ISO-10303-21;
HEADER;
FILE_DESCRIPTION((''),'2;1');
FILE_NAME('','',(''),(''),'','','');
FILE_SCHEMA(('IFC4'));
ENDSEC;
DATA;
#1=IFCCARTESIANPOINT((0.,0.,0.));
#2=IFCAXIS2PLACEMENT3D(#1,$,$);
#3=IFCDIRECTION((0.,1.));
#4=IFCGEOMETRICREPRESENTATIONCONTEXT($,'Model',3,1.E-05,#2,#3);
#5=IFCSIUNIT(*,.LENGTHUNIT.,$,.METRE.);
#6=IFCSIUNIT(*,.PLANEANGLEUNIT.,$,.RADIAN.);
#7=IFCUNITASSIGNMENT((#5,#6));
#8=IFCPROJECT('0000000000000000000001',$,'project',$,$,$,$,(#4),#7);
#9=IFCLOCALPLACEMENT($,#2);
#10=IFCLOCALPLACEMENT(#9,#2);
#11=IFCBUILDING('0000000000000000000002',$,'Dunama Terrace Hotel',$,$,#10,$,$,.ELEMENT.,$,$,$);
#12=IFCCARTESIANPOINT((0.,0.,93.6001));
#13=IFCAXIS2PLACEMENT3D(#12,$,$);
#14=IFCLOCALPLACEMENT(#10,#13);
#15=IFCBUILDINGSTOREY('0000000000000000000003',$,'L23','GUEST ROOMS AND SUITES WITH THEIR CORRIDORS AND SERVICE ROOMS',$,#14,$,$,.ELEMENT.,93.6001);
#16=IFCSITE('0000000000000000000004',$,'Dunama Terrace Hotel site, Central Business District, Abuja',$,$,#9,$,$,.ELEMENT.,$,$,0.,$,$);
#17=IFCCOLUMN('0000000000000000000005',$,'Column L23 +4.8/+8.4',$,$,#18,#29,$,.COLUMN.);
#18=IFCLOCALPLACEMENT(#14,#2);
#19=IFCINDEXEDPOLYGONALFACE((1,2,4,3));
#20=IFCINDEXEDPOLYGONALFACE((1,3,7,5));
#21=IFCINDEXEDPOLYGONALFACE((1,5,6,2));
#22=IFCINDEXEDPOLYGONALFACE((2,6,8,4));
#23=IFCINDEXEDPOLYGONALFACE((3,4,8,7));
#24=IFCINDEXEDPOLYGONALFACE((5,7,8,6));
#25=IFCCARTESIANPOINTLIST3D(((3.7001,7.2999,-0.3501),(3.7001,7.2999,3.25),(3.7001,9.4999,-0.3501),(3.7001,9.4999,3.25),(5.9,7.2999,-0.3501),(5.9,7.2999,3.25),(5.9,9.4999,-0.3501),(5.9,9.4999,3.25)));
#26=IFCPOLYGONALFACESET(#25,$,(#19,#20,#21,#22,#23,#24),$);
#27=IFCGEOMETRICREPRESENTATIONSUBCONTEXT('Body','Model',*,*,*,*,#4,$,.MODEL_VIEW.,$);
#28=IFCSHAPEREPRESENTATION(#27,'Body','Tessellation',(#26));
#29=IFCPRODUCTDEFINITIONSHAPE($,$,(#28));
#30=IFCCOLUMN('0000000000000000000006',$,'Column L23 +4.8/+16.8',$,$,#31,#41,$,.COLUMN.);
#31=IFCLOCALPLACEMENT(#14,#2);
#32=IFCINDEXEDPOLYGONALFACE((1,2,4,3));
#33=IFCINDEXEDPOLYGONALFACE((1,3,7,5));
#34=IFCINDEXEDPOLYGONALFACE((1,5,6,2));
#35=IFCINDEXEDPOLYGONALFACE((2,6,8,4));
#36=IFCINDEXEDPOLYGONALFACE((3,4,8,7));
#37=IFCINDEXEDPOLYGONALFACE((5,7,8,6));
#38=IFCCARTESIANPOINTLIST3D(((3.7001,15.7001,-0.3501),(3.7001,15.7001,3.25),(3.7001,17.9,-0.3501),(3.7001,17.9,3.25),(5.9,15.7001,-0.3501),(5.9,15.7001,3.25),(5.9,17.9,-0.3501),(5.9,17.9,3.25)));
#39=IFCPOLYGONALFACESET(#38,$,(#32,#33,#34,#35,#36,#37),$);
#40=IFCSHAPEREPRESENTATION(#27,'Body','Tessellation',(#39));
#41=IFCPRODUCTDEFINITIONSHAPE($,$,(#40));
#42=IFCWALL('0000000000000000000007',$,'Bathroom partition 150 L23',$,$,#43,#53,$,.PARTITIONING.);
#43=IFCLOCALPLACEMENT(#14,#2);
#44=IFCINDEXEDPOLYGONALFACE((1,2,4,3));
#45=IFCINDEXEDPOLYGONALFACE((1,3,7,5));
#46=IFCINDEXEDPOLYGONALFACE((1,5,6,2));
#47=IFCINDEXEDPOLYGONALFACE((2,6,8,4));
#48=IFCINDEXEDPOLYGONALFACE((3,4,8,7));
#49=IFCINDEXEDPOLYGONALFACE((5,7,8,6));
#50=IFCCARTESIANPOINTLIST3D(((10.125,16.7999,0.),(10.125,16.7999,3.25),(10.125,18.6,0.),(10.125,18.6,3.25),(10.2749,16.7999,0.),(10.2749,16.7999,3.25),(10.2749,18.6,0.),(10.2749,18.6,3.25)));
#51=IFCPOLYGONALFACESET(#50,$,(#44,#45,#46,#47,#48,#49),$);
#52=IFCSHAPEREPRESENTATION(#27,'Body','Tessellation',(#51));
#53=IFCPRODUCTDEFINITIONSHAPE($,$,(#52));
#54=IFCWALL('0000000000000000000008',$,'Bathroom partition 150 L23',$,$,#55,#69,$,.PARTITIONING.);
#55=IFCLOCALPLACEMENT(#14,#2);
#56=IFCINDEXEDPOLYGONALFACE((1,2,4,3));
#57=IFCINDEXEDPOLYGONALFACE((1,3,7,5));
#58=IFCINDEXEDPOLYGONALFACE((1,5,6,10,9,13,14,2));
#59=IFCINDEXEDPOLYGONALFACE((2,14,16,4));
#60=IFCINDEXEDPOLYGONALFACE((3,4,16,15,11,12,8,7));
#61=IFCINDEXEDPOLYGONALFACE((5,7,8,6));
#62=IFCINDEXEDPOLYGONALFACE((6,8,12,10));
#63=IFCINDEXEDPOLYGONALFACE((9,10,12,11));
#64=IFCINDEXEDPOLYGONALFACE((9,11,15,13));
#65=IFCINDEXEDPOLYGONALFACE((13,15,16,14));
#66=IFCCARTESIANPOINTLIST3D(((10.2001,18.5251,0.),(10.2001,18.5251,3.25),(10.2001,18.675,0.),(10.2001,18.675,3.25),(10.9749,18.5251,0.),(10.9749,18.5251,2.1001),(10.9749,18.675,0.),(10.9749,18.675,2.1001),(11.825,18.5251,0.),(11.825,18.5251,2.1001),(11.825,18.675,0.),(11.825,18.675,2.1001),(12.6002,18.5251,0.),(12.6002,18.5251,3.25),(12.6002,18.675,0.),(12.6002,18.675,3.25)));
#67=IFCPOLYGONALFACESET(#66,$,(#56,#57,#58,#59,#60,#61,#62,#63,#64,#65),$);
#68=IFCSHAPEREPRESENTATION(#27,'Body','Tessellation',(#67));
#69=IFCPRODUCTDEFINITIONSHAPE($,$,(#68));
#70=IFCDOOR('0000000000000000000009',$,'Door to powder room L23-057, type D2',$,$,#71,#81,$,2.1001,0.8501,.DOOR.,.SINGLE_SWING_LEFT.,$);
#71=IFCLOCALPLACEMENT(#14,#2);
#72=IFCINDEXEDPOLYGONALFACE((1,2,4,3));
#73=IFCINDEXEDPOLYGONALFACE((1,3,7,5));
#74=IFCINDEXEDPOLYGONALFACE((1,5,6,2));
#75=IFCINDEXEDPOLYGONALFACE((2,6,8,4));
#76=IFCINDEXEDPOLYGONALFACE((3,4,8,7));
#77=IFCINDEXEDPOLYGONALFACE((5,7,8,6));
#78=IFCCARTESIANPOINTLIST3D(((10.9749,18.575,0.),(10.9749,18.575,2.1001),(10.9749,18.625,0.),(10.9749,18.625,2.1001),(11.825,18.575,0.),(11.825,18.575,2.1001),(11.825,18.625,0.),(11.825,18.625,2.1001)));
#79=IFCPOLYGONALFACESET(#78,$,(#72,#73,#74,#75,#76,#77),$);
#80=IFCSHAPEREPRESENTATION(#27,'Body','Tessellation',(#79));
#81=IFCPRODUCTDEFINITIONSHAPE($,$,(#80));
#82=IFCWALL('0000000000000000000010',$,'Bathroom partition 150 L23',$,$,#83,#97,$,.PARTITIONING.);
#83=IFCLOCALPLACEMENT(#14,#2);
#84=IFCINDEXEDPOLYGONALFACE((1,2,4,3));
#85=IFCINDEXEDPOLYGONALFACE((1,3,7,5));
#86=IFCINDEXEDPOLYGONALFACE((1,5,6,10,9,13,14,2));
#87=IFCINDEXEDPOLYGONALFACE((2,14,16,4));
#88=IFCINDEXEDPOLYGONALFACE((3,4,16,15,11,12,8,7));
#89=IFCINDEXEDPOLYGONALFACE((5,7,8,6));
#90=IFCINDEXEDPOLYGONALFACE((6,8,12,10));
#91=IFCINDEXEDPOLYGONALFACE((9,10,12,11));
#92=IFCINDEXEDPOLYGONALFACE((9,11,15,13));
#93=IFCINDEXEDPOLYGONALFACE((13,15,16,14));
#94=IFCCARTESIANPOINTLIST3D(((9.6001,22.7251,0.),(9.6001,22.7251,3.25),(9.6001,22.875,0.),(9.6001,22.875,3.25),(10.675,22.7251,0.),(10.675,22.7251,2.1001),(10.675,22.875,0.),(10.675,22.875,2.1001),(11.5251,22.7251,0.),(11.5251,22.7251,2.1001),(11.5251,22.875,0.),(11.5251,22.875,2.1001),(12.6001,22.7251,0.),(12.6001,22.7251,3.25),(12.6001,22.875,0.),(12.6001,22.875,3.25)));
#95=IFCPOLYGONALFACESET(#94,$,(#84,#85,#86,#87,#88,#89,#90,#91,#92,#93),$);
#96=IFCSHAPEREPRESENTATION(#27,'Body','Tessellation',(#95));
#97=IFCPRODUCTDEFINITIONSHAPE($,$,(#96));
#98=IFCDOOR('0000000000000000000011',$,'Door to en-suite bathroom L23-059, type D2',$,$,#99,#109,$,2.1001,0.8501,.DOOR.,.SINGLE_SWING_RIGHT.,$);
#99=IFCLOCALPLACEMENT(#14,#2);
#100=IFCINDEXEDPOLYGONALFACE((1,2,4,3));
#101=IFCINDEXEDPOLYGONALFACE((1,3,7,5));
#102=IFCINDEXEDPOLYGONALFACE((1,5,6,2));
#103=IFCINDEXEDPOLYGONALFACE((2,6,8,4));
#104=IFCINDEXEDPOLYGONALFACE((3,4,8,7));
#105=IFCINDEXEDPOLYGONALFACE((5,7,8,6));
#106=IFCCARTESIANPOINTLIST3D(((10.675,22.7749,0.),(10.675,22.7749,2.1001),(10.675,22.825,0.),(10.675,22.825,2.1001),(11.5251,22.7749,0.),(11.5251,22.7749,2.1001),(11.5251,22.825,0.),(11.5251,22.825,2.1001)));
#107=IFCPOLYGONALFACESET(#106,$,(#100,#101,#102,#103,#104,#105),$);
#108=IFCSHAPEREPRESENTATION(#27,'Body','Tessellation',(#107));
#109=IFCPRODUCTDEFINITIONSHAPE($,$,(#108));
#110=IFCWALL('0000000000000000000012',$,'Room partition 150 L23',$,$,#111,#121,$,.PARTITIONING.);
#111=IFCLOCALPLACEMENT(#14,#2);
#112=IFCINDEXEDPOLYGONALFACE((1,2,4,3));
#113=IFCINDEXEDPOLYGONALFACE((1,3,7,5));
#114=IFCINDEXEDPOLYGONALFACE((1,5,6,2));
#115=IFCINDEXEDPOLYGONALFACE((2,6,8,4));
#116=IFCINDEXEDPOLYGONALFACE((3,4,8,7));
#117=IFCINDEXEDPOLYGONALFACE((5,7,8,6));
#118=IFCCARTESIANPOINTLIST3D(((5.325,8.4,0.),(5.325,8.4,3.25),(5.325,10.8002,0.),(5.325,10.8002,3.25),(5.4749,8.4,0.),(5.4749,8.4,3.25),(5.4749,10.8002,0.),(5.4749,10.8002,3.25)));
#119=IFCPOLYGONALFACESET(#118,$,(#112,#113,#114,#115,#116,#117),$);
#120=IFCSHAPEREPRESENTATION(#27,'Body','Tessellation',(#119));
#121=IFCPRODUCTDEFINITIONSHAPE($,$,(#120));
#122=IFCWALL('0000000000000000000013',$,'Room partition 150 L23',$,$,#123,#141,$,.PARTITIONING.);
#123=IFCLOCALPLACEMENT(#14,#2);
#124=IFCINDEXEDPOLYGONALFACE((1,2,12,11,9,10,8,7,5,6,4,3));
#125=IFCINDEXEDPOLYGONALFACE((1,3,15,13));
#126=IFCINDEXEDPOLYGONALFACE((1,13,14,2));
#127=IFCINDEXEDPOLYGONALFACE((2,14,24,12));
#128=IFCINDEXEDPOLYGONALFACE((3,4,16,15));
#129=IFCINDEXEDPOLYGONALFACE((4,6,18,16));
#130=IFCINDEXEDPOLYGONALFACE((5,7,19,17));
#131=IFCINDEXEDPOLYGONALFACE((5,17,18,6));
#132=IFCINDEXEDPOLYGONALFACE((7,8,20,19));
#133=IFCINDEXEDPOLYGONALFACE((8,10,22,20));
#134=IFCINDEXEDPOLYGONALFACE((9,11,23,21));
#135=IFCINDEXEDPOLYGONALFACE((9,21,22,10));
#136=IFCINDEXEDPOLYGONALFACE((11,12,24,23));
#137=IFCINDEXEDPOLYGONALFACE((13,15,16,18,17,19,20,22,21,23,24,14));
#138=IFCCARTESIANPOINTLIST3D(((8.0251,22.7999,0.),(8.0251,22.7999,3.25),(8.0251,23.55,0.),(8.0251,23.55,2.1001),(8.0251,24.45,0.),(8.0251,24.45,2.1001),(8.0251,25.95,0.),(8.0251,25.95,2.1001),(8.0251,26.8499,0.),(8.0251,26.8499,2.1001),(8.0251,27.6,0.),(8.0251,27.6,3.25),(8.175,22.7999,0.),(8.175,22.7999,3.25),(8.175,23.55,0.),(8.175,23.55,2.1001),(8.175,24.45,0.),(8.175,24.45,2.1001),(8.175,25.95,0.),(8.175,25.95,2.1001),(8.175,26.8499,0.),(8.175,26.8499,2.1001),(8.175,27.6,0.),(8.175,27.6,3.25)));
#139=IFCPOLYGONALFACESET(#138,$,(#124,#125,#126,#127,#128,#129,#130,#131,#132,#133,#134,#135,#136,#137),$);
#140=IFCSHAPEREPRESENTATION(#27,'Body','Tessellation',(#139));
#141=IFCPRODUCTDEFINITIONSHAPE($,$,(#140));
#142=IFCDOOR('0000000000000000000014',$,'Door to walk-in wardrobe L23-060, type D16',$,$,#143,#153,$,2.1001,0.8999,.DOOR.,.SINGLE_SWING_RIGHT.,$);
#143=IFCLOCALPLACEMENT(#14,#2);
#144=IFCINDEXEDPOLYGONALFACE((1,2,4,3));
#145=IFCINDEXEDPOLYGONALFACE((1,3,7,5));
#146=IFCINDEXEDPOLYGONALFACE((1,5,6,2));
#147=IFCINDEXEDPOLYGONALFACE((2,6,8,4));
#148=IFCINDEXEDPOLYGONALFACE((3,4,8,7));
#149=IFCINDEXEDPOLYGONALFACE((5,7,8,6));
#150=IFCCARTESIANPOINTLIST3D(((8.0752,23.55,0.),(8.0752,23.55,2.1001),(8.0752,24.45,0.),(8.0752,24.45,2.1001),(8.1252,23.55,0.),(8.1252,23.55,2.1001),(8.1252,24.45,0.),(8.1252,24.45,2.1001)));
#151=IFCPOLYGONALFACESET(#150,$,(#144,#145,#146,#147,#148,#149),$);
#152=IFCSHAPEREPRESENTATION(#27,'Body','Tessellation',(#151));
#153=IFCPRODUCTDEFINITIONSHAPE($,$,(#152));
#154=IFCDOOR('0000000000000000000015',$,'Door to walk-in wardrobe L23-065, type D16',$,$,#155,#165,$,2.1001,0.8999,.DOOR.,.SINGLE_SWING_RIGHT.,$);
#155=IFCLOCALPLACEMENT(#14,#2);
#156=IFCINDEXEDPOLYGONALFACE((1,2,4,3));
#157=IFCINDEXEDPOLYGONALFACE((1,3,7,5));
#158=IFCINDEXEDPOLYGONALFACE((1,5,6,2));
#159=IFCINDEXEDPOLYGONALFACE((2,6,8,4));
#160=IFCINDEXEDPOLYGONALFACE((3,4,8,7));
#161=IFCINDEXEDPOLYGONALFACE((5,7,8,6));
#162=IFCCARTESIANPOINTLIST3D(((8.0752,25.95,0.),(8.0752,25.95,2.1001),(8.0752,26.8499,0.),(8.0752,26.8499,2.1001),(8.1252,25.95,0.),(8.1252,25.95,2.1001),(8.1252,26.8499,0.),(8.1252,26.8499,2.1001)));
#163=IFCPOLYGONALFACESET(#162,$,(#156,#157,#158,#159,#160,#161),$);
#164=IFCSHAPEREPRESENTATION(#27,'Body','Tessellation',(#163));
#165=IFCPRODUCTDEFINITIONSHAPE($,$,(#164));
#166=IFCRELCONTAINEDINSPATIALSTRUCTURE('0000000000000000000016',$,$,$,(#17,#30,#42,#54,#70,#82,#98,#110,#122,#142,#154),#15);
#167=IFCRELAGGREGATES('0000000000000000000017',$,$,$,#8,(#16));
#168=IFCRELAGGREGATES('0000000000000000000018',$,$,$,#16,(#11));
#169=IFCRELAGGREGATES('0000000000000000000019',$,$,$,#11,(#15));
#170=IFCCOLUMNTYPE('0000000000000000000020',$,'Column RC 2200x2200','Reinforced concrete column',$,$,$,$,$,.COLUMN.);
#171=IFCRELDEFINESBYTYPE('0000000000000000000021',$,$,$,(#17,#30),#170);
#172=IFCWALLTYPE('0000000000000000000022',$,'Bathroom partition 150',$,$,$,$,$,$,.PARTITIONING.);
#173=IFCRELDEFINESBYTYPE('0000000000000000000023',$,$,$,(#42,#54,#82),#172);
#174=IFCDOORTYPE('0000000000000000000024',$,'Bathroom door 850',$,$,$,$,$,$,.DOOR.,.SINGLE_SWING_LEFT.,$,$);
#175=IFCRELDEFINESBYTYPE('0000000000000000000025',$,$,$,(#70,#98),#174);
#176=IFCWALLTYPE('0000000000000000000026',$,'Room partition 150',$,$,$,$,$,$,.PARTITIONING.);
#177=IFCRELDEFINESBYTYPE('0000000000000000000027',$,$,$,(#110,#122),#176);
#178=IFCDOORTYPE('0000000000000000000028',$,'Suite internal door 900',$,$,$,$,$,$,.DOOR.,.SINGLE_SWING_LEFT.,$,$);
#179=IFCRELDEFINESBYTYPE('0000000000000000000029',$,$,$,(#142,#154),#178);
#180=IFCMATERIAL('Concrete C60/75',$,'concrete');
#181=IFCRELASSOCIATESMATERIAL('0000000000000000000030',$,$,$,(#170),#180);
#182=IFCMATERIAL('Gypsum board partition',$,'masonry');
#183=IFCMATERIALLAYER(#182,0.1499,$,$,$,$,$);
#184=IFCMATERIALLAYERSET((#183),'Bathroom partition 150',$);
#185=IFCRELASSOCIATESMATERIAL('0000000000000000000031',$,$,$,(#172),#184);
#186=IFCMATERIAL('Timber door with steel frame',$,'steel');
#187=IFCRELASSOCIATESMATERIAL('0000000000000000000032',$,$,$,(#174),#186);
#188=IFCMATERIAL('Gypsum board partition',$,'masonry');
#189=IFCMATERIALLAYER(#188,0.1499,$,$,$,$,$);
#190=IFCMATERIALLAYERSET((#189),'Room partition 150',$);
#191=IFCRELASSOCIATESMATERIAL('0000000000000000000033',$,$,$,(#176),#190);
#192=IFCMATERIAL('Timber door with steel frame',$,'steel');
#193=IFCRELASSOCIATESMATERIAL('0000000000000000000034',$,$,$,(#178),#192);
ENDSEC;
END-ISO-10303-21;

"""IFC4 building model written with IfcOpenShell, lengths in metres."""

from ifc_helpers import new_model, si_unit, direction, frame, frame_2d, origin, origin_2d, place, context, subcontext, project, spatial, rectangle, extrude, material, layer, layer_set, material_profile, profile_set, type_object, element, fill, save


model = new_model("IFC4")

# Units and contexts
model_context = context("Model", 3, precision=1e-05, world=origin(), true_north=direction((0.0, 1.0)))
body_context = subcontext(model_context, "Body", "Model", "MODEL_VIEW")
ifc_project = project(units=[si_unit("LENGTHUNIT", "METRE"), si_unit("PLANEANGLEUNIT", "RADIAN")], contexts=[model_context])

# Site, building, storey
site_placement = place(None, origin())
site = spatial("IfcSite", under=ifc_project, at=site_placement, Name="Dunama Terrace Hotel site, Central Business District, Abuja", CompositionType="ELEMENT", RefElevation=0.0)
building_placement = place(site_placement, origin())
building = spatial("IfcBuilding", under=site, at=building_placement, Name="Dunama Terrace Hotel", CompositionType="ELEMENT")
storey_placement = place(building_placement, frame((0.0, 0.0, 93.6001)))
storey = spatial("IfcBuildingStorey", under=building, at=storey_placement, Name="L23", Description="GUEST ROOMS AND SUITES WITH THEIR CORRIDORS AND SERVICE ROOMS", CompositionType="ELEMENT", Elevation=93.6001)

# Columns
ifc_material_1 = material(Name="Concrete C60/75", Category="concrete")
ifc_material_profile = material_profile(ifc_material_1, rectangle(XDim=2.2, YDim=2.2, at=origin_2d()), Name="RC 2200x2200")
ifc_profile_set = profile_set([ifc_material_profile], Name="Concrete C60/75")
column_type = type_object("IfcColumnType", Name="Column RC 2200x2200", Description="Reinforced concrete column", PredefinedType="COLUMN", material=ifc_profile_set)
for number, where, z_axis, x_axis, name in (
    (1, (4.8, 8.3999, -0.3501), (0.0, 0.0, 1.0), (1.0, 0.0, 0.0), "Column L23 +4.8/+8.4"),
    (2, (4.8, 16.8, -0.3501), (0.0, 0.0, 1.0), (1.0, 0.0, 0.0), "Column L23 +4.8/+16.8"),
):
    element("IfcColumn", number, at=place(storey_placement, frame(where, z_axis=z_axis, x_axis=x_axis)), inside=storey, type_object=column_type, Name=name, PredefinedType="COLUMN", context=body_context, shape_type="SweptSolid", body=[
        extrude(rectangle(XDim=2.2, YDim=2.2, at=origin_2d()), origin(), (0.0, 0.0, 1.0), 3.6001),
    ])

# Wall
ifc_material_2 = material(Name="Gypsum board partition", Category="masonry")
ifc_layer_1 = layer(ifc_material_2, 0.1499)
ifc_layer_set_1 = layer_set([ifc_layer_1], Name="Bathroom partition 150")
wall_type_1 = type_object("IfcWallType", Name="Bathroom partition 150", PredefinedType="PARTITIONING", material=ifc_layer_set_1)
wall_1_placement = place(storey_placement, frame((10.2, 16.8, 0.0), z_axis=(0.0, 0.0, 1.0), x_axis=(0.0, 1.0, 0.0)))
element("IfcWall", 3, at=wall_1_placement, inside=storey, type_object=wall_type_1, Name="Bathroom partition 150 L23", PredefinedType="PARTITIONING", context=body_context, shape_type="SweptSolid", body=[
    extrude(rectangle(XDim=1.8, YDim=0.1499, at=frame_2d((0.8999, 0.0))), origin(), (0.0, 0.0, 1.0), 3.25),
])

# Walls, openings, doors
wall_2_placement = place(storey_placement, frame((10.2, 18.6001, 0.0), z_axis=(0.0, 0.0, 1.0), x_axis=(1.0, 0.0, 0.0)))
wall_2 = element("IfcWall", 4, at=wall_2_placement, inside=storey, type_object=wall_type_1, Name="Bathroom partition 150 L23", PredefinedType="PARTITIONING", context=body_context, shape_type="SweptSolid", body=[
    extrude(rectangle(XDim=2.4001, YDim=0.1499, at=frame_2d((1.2002, 0.0))), origin(), (0.0, 0.0, 1.0), 3.25),
])
opening_1_placement = place(wall_2_placement, frame((0.7749, 0.0, 0.0)))
opening_1 = element("IfcOpeningElement", 5, at=opening_1_placement, cuts=wall_2, PredefinedType="OPENING", context=body_context, shape_type="SweptSolid", body=[
    extrude(rectangle(XDim=0.8501, YDim=2.1001, at=frame_2d((0.425, 1.05))), frame((0.0, 0.085, 0.0), z_axis=(0.0, -1.0, 0.0), x_axis=(1.0, 0.0, 0.0)), (0.0, 0.0, 1.0), 0.1699),
])
ifc_material_3 = material(Name="Timber door with steel frame", Category="steel")
door_type_1 = type_object("IfcDoorType", Name="Bathroom door 850", OperationType="SINGLE_SWING_LEFT", PredefinedType="DOOR", material=ifc_material_3)
door_1_placement = place(opening_1_placement, frame((0.8501, 0.0, 0.0), z_axis=(0.0, 0.0, 1.0), x_axis=(-1.0, 0.0, 0.0)))
door_1 = element("IfcDoor", 6, at=door_1_placement, inside=storey, type_object=door_type_1, Name="Door to powder room L23-057, type D2", OperationType="SINGLE_SWING_LEFT", OverallHeight=2.1001, OverallWidth=0.8501, PredefinedType="DOOR", context=body_context, shape_type="SweptSolid", body=[
    extrude(rectangle(XDim=0.8501, YDim=2.1001, at=frame_2d((0.425, 1.05))), frame((0.0, 0.0251, 0.0), z_axis=(0.0, -1.0, 0.0), x_axis=(1.0, 0.0, 0.0)), (0.0, 0.0, 1.0), 0.05),
])
fill(opening_1, door_1)
wall_3_placement = place(storey_placement, frame((9.6001, 22.8, 0.0), z_axis=(0.0, 0.0, 1.0), x_axis=(1.0, 0.0, 0.0)))
wall_3 = element("IfcWall", 7, at=wall_3_placement, inside=storey, type_object=wall_type_1, Name="Bathroom partition 150 L23", PredefinedType="PARTITIONING", context=body_context, shape_type="SweptSolid", body=[
    extrude(rectangle(XDim=3.0, YDim=0.1499, at=frame_2d((1.5, 0.0))), origin(), (0.0, 0.0, 1.0), 3.25),
])
opening_2_placement = place(wall_3_placement, frame((1.075, 0.0, 0.0)))
opening_2 = element("IfcOpeningElement", 8, at=opening_2_placement, cuts=wall_3, PredefinedType="OPENING", context=body_context, shape_type="SweptSolid", body=[
    extrude(rectangle(XDim=0.8501, YDim=2.1001, at=frame_2d((0.425, 1.05))), frame((0.0, 0.085, 0.0), z_axis=(0.0, -1.0, 0.0), x_axis=(1.0, 0.0, 0.0)), (0.0, 0.0, 1.0), 0.1699),
])
door_2_placement = place(opening_2_placement, origin())
door_2 = element("IfcDoor", 9, at=door_2_placement, inside=storey, type_object=door_type_1, Name="Door to en-suite bathroom L23-059, type D2", OperationType="SINGLE_SWING_RIGHT", OverallHeight=2.1001, OverallWidth=0.8501, PredefinedType="DOOR", context=body_context, shape_type="SweptSolid", body=[
    extrude(rectangle(XDim=0.8501, YDim=2.1001, at=frame_2d((0.425, 1.05))), frame((0.0, 0.0249, 0.0), z_axis=(0.0, -1.0, 0.0), x_axis=(1.0, 0.0, 0.0)), (0.0, 0.0, 1.0), 0.05),
])
fill(opening_2, door_2)

# Wall
ifc_material_4 = material(Name="Gypsum board partition", Category="masonry")
ifc_layer_2 = layer(ifc_material_4, 0.1499)
ifc_layer_set_2 = layer_set([ifc_layer_2], Name="Room partition 150")
wall_type_2 = type_object("IfcWallType", Name="Room partition 150", PredefinedType="PARTITIONING", material=ifc_layer_set_2)
wall_4_placement = place(storey_placement, frame((5.3999, 8.3999, 0.0), z_axis=(0.0, 0.0, 1.0), x_axis=(0.0, 1.0, 0.0)))
element("IfcWall", 10, at=wall_4_placement, inside=storey, type_object=wall_type_2, Name="Room partition 150 L23", PredefinedType="PARTITIONING", context=body_context, shape_type="SweptSolid", body=[
    extrude(rectangle(XDim=2.4001, YDim=0.1499, at=frame_2d((1.2002, 0.0))), origin(), (0.0, 0.0, 1.0), 3.25),
])

# Wall, openings, doors
wall_5_placement = place(storey_placement, frame((8.1001, 22.8, 0.0), z_axis=(0.0, 0.0, 1.0), x_axis=(0.0, 1.0, 0.0)))
wall_5 = element("IfcWall", 11, at=wall_5_placement, inside=storey, type_object=wall_type_2, Name="Room partition 150 L23", PredefinedType="PARTITIONING", context=body_context, shape_type="SweptSolid", body=[
    extrude(rectangle(XDim=4.8, YDim=0.1499, at=frame_2d((2.3999, 0.0))), origin(), (0.0, 0.0, 1.0), 3.25),
])
opening_3_placement = place(wall_5_placement, frame((0.75, 0.0, 0.0)))
opening_3 = element("IfcOpeningElement", 12, at=opening_3_placement, cuts=wall_5, PredefinedType="OPENING", context=body_context, shape_type="SweptSolid", body=[
    extrude(rectangle(XDim=0.8999, YDim=2.1001, at=frame_2d((0.45, 1.05))), frame((0.0, 0.085, 0.0), z_axis=(0.0, -1.0, 0.0), x_axis=(1.0, 0.0, 0.0)), (0.0, 0.0, 1.0), 0.1699),
])
opening_4_placement = place(wall_5_placement, frame((3.1499, 0.0, 0.0)))
opening_4 = element("IfcOpeningElement", 13, at=opening_4_placement, cuts=wall_5, PredefinedType="OPENING", context=body_context, shape_type="SweptSolid", body=[
    extrude(rectangle(XDim=0.8999, YDim=2.1001, at=frame_2d((0.45, 1.05))), frame((0.0, 0.085, 0.0), z_axis=(0.0, -1.0, 0.0), x_axis=(1.0, 0.0, 0.0)), (0.0, 0.0, 1.0), 0.1699),
])
ifc_material_5 = material(Name="Timber door with steel frame", Category="steel")
door_type_2 = type_object("IfcDoorType", Name="Suite internal door 900", OperationType="SINGLE_SWING_LEFT", PredefinedType="DOOR", material=ifc_material_5)
door_3_placement = place(opening_3_placement, frame((0.8999, 0.0, 0.0), z_axis=(0.0, 0.0, 1.0), x_axis=(-1.0, 0.0, 0.0)))
door_3 = element("IfcDoor", 14, at=door_3_placement, inside=storey, type_object=door_type_2, Name="Door to walk-in wardrobe L23-060, type D16", OperationType="SINGLE_SWING_RIGHT", OverallHeight=2.1001, OverallWidth=0.8999, PredefinedType="DOOR", context=body_context, shape_type="SweptSolid", body=[
    extrude(rectangle(XDim=0.8999, YDim=2.1001, at=frame_2d((0.45, 1.05))), frame((0.0, 0.0251, 0.0), z_axis=(0.0, -1.0, 0.0), x_axis=(1.0, 0.0, 0.0)), (0.0, 0.0, 1.0), 0.05),
])
fill(opening_3, door_3)
door_4_placement = place(opening_4_placement, frame((0.8999, 0.0, 0.0), z_axis=(0.0, 0.0, 1.0), x_axis=(-1.0, 0.0, 0.0)))
door_4 = element("IfcDoor", 15, at=door_4_placement, inside=storey, type_object=door_type_2, Name="Door to walk-in wardrobe L23-065, type D16", OperationType="SINGLE_SWING_RIGHT", OverallHeight=2.1001, OverallWidth=0.8999, PredefinedType="DOOR", context=body_context, shape_type="SweptSolid", body=[
    extrude(rectangle(XDim=0.8999, YDim=2.1001, at=frame_2d((0.45, 1.05))), frame((0.0, 0.0251, 0.0), z_axis=(0.0, -1.0, 0.0), x_axis=(1.0, 0.0, 0.0)), (0.0, 0.0, 1.0), 0.05),
])
fill(opening_4, door_4)

save(model, "model.ifc")
